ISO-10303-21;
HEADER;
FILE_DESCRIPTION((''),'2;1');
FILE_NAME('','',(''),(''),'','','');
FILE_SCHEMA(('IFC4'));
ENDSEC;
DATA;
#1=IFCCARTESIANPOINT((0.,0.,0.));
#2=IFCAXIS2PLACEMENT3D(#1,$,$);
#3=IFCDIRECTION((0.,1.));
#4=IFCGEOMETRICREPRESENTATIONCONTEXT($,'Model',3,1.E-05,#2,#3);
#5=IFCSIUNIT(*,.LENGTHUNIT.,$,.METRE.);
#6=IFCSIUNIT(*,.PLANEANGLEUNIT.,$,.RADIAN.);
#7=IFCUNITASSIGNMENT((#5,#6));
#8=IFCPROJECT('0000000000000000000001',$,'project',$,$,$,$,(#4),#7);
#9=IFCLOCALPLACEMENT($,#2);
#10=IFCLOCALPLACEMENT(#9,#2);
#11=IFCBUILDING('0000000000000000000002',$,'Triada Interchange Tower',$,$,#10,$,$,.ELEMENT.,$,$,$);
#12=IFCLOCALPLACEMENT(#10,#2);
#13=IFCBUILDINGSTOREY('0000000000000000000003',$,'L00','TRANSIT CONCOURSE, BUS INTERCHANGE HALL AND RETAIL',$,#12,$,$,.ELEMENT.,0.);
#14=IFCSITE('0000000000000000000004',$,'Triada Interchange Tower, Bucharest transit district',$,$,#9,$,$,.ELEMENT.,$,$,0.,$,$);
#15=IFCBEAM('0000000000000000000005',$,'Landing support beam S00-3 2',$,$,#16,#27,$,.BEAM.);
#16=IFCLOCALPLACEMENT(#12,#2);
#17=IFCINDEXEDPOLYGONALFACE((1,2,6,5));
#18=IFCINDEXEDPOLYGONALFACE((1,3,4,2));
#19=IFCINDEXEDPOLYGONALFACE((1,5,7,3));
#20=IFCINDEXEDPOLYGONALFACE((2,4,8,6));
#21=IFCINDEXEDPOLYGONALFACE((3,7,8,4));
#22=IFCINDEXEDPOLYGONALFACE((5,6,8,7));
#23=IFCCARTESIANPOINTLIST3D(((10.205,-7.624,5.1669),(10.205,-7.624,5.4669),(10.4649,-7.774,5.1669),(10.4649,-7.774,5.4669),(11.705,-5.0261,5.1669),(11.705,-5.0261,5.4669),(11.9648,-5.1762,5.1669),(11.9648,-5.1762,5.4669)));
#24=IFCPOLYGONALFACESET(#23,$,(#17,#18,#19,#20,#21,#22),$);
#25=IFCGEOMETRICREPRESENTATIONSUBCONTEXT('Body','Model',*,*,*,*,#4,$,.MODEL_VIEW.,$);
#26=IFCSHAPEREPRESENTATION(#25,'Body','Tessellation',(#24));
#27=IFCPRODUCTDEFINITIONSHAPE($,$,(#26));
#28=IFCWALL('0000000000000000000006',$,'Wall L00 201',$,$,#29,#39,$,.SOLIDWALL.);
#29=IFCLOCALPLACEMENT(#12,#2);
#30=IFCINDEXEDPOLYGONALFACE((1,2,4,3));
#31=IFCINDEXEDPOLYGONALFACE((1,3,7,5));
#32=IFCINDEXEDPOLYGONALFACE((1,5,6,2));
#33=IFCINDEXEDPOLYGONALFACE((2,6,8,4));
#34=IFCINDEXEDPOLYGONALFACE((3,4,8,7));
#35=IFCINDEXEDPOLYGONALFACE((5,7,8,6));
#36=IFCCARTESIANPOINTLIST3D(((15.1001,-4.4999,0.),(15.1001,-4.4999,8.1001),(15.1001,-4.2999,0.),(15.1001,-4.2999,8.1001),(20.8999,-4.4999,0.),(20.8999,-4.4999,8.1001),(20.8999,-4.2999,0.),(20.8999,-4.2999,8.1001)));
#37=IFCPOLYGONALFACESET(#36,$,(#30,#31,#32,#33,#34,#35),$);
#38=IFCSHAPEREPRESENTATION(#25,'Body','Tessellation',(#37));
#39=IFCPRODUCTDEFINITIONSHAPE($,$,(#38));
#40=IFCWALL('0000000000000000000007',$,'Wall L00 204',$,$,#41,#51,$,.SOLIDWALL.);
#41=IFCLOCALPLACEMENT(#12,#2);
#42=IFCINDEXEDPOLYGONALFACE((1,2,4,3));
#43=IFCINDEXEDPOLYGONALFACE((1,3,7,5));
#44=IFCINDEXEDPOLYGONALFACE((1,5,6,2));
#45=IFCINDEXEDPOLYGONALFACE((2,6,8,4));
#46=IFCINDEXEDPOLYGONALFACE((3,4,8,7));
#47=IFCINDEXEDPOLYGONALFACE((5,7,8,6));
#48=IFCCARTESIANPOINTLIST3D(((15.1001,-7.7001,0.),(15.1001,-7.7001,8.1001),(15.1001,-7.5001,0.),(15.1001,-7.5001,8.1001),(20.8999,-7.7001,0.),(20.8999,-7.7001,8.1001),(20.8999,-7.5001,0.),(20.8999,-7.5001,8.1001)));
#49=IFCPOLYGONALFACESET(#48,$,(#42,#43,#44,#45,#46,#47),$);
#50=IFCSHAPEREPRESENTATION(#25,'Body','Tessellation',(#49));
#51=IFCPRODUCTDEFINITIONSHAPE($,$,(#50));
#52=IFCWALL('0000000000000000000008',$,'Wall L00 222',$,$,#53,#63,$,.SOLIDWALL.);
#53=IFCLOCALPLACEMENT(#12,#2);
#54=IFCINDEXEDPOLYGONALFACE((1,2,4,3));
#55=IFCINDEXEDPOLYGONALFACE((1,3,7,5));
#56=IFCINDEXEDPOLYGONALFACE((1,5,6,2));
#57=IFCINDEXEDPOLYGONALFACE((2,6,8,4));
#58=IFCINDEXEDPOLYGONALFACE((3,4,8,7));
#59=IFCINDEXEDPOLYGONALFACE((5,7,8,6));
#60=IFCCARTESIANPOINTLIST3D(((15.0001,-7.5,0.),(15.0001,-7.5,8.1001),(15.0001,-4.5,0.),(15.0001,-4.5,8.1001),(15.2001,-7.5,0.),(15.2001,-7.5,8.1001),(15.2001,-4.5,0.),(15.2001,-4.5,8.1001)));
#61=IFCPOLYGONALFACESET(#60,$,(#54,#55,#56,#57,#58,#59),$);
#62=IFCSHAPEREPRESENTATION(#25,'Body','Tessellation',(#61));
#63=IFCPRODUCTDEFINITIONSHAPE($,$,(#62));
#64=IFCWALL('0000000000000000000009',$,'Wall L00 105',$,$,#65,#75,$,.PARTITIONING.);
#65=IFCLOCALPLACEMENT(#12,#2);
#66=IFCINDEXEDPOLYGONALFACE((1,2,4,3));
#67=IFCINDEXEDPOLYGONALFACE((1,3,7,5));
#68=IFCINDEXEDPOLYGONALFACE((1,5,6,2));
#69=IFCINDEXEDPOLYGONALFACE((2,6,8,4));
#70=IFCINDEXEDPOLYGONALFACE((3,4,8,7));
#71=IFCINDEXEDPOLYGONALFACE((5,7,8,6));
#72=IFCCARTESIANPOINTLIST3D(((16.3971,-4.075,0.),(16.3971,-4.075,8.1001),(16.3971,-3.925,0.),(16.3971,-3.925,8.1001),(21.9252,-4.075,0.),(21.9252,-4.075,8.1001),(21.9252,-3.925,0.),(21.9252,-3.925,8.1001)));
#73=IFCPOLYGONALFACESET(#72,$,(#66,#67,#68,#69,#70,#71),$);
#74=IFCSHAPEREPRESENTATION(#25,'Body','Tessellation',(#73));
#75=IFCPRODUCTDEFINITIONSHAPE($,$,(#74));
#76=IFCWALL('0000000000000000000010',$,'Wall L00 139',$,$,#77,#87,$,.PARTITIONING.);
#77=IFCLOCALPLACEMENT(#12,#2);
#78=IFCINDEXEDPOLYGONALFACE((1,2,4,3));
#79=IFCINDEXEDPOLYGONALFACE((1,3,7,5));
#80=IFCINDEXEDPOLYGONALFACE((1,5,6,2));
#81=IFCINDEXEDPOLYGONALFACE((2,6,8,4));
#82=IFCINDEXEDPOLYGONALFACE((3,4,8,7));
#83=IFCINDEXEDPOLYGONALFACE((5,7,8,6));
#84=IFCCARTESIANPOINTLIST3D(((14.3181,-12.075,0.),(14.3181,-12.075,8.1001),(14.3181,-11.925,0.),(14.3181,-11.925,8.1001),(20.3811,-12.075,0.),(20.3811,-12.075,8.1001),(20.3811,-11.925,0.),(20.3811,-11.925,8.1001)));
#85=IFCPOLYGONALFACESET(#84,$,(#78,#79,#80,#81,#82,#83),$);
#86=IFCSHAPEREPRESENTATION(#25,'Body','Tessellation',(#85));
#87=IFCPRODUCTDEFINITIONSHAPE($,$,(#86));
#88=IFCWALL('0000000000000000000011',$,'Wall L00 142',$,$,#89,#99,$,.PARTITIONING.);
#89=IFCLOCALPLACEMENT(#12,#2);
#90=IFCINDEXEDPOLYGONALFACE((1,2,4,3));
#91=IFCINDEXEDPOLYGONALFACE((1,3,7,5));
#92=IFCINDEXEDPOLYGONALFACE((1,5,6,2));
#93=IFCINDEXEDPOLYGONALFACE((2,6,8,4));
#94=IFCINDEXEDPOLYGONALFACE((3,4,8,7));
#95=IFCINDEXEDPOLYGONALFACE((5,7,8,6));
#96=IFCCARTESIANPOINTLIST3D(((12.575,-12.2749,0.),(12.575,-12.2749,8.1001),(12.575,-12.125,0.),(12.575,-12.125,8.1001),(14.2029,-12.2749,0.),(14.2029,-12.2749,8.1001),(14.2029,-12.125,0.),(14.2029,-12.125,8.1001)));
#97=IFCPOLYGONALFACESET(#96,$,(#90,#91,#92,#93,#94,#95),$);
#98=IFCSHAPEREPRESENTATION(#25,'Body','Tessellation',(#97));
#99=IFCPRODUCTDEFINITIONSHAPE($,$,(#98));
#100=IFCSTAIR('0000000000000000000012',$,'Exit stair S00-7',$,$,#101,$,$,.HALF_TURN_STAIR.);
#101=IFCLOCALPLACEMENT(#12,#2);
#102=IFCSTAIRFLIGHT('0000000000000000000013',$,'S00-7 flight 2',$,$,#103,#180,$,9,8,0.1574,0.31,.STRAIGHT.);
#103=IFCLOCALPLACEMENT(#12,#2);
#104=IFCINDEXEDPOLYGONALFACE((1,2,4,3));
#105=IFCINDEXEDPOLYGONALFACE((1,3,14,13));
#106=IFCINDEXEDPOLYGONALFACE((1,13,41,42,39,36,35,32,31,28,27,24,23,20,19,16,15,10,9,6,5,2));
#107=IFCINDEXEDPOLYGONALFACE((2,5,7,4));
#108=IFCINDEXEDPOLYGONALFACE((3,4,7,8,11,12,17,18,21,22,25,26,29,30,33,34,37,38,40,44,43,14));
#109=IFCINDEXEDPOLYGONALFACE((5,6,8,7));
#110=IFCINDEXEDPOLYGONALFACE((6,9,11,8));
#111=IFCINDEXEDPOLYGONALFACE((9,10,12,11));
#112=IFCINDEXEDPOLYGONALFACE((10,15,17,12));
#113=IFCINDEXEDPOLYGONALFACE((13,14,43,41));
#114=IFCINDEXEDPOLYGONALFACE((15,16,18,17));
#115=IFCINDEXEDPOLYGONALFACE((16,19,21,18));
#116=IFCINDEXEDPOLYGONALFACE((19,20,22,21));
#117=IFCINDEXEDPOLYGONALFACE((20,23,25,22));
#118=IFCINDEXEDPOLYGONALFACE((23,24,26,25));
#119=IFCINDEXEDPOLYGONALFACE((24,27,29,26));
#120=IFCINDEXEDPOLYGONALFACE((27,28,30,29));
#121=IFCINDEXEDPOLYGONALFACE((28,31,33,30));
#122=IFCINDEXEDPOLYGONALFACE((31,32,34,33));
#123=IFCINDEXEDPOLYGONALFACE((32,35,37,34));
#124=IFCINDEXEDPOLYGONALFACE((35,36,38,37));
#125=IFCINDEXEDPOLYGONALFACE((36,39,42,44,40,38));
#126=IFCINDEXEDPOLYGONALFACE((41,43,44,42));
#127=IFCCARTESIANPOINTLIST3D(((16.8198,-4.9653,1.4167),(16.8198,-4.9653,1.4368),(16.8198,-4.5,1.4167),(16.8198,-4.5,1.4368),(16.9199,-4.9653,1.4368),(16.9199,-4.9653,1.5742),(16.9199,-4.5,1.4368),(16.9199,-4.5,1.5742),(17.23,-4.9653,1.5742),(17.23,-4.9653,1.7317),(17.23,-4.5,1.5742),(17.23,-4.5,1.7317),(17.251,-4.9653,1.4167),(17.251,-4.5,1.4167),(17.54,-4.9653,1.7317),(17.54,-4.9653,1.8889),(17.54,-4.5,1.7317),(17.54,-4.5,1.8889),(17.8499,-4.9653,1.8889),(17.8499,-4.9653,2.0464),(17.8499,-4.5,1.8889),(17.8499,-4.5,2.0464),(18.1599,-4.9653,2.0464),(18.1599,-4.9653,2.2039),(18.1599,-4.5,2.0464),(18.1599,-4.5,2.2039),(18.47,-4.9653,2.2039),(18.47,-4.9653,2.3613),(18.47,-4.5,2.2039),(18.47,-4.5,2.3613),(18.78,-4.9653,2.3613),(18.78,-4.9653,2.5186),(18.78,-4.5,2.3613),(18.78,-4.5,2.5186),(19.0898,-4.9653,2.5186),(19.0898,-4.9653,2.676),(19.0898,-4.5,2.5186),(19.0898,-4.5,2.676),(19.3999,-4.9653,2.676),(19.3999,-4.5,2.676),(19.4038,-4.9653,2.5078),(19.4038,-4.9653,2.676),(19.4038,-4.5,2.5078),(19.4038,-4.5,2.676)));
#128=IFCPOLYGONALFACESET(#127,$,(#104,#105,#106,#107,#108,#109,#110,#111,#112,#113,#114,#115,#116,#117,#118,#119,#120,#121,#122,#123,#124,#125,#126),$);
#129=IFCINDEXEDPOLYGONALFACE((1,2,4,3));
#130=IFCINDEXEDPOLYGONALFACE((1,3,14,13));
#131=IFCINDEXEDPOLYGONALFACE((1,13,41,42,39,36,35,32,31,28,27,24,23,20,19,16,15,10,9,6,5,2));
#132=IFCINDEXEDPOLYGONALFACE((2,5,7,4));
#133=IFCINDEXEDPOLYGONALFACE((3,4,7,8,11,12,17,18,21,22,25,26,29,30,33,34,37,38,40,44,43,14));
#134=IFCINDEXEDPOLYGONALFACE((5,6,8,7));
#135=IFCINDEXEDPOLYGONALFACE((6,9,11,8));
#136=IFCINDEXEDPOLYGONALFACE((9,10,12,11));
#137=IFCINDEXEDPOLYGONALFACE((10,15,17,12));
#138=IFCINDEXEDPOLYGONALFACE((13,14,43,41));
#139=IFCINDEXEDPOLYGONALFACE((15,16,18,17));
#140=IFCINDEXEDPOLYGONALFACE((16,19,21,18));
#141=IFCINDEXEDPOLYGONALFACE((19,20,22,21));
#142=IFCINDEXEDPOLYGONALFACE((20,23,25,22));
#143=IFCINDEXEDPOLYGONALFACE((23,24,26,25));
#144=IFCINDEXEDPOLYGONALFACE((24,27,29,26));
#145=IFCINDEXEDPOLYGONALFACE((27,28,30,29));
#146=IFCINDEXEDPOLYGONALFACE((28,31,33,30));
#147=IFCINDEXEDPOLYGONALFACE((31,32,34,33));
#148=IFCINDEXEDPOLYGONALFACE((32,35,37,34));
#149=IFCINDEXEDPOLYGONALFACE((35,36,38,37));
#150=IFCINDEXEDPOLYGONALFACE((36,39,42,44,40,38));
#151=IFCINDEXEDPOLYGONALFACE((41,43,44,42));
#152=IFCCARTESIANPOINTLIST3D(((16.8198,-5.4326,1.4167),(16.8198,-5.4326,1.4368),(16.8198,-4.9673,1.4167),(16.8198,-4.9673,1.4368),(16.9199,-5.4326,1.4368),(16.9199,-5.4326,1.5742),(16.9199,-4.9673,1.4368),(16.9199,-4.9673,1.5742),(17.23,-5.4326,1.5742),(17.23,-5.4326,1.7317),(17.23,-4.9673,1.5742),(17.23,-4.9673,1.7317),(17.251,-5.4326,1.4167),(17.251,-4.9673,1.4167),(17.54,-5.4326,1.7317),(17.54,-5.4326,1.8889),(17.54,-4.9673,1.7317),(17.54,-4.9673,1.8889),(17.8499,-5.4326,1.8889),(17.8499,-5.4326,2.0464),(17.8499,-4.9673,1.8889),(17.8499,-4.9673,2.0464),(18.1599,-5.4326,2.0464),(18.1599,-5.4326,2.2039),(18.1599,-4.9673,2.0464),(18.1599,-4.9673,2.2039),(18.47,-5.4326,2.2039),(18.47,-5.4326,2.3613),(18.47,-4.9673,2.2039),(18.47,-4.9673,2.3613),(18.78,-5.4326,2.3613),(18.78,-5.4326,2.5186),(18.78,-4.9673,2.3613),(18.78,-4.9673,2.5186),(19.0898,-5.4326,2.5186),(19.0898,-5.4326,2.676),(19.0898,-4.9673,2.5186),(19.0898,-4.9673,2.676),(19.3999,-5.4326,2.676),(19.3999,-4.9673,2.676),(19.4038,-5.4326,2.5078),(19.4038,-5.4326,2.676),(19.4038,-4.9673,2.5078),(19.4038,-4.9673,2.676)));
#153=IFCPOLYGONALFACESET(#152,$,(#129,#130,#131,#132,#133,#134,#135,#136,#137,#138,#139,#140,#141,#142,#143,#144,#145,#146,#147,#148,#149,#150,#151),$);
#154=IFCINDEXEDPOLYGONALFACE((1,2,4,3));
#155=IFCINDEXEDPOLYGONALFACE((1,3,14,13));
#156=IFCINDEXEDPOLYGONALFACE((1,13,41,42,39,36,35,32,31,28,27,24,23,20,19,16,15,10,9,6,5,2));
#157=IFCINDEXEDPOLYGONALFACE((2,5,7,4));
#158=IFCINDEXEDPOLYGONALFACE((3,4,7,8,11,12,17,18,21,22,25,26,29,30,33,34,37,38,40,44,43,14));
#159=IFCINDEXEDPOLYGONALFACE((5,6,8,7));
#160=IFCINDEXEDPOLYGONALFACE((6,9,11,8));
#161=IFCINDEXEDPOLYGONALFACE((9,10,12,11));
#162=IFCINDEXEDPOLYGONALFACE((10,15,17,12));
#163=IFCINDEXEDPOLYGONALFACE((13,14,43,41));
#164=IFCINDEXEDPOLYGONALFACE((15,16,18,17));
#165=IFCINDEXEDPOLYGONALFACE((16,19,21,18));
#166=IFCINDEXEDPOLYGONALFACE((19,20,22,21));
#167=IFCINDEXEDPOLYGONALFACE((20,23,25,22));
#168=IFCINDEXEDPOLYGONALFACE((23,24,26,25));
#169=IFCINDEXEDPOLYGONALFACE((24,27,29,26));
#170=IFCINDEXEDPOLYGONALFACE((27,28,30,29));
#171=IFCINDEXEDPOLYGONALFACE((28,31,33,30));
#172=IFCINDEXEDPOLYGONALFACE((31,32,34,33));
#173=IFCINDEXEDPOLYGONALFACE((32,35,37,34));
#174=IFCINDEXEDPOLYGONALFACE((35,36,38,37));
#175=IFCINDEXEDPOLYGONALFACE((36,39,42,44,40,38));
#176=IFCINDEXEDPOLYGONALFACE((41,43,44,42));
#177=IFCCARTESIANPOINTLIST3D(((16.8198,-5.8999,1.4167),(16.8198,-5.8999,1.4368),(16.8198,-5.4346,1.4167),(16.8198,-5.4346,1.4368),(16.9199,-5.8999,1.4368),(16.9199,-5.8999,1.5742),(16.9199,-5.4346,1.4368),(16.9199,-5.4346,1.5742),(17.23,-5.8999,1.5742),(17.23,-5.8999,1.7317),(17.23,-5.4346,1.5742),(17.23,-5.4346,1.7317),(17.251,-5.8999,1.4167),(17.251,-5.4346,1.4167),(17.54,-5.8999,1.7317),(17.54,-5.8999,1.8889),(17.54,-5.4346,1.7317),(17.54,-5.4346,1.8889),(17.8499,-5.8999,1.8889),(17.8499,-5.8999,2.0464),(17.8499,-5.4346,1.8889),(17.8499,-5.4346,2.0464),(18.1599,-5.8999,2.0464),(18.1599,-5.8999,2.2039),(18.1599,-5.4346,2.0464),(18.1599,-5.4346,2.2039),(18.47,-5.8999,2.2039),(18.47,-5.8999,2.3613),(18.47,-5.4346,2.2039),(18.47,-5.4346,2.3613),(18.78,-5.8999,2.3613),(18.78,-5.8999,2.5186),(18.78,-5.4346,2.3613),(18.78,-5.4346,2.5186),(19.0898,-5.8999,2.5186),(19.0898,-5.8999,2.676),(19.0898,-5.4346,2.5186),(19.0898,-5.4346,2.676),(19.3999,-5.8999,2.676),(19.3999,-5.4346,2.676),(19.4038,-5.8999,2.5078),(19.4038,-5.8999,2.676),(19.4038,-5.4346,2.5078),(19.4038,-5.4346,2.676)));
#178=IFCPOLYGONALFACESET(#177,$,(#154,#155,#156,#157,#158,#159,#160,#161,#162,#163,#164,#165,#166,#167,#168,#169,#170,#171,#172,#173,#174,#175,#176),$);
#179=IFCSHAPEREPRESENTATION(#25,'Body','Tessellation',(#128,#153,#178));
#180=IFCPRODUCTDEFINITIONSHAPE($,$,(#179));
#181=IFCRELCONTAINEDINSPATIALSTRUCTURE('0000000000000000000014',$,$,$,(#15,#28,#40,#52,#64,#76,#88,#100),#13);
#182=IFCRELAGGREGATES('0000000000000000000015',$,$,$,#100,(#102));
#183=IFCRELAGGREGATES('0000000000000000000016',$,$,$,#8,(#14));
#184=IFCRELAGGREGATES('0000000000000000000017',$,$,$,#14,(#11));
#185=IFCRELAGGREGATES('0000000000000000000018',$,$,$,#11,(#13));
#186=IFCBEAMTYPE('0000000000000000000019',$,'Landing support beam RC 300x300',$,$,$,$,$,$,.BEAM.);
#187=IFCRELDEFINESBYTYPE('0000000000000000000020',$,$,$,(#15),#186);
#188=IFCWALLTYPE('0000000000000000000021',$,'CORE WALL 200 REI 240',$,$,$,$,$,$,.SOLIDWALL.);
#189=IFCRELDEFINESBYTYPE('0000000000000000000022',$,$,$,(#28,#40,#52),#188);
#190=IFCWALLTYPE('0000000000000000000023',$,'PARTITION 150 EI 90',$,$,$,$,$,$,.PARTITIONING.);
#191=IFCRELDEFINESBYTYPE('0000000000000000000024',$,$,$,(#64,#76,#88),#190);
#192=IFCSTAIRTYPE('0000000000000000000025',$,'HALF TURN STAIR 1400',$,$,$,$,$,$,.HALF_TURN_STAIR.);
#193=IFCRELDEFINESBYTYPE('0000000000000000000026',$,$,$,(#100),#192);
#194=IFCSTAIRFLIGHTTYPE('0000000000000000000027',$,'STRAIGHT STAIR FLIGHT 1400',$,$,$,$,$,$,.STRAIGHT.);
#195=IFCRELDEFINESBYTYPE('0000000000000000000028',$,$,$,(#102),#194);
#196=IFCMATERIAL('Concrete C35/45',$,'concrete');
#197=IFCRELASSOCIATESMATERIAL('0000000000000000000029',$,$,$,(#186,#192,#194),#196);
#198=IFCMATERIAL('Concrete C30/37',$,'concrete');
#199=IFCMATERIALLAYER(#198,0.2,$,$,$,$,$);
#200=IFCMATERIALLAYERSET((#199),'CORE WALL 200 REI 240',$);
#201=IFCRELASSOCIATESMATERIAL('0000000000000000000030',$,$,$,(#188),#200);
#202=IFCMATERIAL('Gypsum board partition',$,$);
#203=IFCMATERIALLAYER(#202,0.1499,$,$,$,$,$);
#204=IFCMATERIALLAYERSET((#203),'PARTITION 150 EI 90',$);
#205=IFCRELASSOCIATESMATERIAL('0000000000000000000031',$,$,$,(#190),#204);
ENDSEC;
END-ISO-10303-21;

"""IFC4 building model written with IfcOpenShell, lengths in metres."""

from ifc_helpers import new_model, si_unit, direction, frame, frame_2d, origin, origin_2d, place, context, subcontext, project, spatial, polyline, rectangle, outline, extrude, material, layer, layer_set, material_profile, profile_set, type_object, element, aggregate, save


model = new_model("IFC4")

# Units and contexts
model_context = context("Model", 3, precision=1e-05, world=origin(), true_north=direction((0.0, 1.0)))
body_context = subcontext(model_context, "Body", "Model", "MODEL_VIEW")
ifc_project = project(units=[si_unit("LENGTHUNIT", "METRE"), si_unit("PLANEANGLEUNIT", "RADIAN")], contexts=[model_context])

# Site, building, storey
site_placement = place(None, origin())
site = spatial("IfcSite", under=ifc_project, at=site_placement, Name="Triada Interchange Tower, Bucharest transit district", CompositionType="ELEMENT", RefElevation=0.0)
building_placement = place(site_placement, origin())
building = spatial("IfcBuilding", under=site, at=building_placement, Name="Triada Interchange Tower", CompositionType="ELEMENT")
storey_placement = place(building_placement, origin())
storey = spatial("IfcBuildingStorey", under=building, at=storey_placement, Name="L00", Description="TRANSIT CONCOURSE, BUS INTERCHANGE HALL AND RETAIL", CompositionType="ELEMENT", Elevation=0.0)

# Beam
ifc_material_1 = material(Name="Concrete C35/45", Category="concrete")
ifc_material_profile_1 = material_profile(ifc_material_1, rectangle(XDim=0.3, YDim=0.3, at=origin_2d()), Name="RC 300x300")
ifc_profile_set_1 = profile_set([ifc_material_profile_1], Name="Concrete C35/45")
beam_type_1 = type_object("IfcBeamType", Name="Landing support beam RC 300x300", PredefinedType="BEAM", material=ifc_profile_set_1)
beam_1_placement = place(storey_placement, frame((10.335, -7.699, 5.3169), z_axis=(0.500025, 0.866011, 0.0), x_axis=(-0.866011, 0.500025, 0.0)))
element("IfcBeam", 1, at=beam_1_placement, inside=storey, type_object=beam_type_1, Name="Landing support beam S00-3 2", PredefinedType="BEAM", context=body_context, shape_type="SweptSolid", body=[
    extrude(rectangle(XDim=0.3, YDim=0.3, at=origin_2d()), origin(), (0.0, 0.0, 1.0), 2.9998),
])

# Walls
ifc_material_2 = material(Name="Concrete C30/37", Category="concrete")
ifc_layer_1 = layer(ifc_material_2, 0.2)
ifc_layer_set_1 = layer_set([ifc_layer_1], Name="CORE WALL 200 REI 240")
wall_type_1 = type_object("IfcWallType", Name="CORE WALL 200 REI 240", PredefinedType="SOLIDWALL", material=ifc_layer_set_1)
for number, where, z_axis, x_axis, name in (
    (2, (15.1001, -4.3999, 0.0), (0.0, 0.0, 1.0), (1.0, 0.0, 0.0), "Wall L00 201"),
    (3, (15.1001, -7.6001, 0.0), (0.0, 0.0, 1.0), (1.0, 0.0, 0.0), "Wall L00 204"),
):
    element("IfcWall", number, at=place(storey_placement, frame(where, z_axis=z_axis, x_axis=x_axis)), inside=storey, type_object=wall_type_1, Name=name, PredefinedType="SOLIDWALL", context=body_context, shape_type="SweptSolid", body=[
        extrude(rectangle(XDim=5.7998, YDim=0.2, at=frame_2d((2.8999, 0.0))), origin(), (0.0, 0.0, 1.0), 8.1001),
    ])
wall_1_placement = place(storey_placement, frame((15.1001, -7.5, 0.0), z_axis=(0.0, 0.0, 1.0), x_axis=(0.0, 1.0, 0.0)))
element("IfcWall", 4, at=wall_1_placement, inside=storey, type_object=wall_type_1, Name="Wall L00 222", PredefinedType="SOLIDWALL", context=body_context, shape_type="SweptSolid", body=[
    extrude(rectangle(XDim=3.0, YDim=0.2, at=frame_2d((1.5, 0.0))), origin(), (0.0, 0.0, 1.0), 8.1001),
])

# Walls
ifc_material_3 = material(Name="Gypsum board partition")
ifc_layer_2 = layer(ifc_material_3, 0.1499)
ifc_layer_set_2 = layer_set([ifc_layer_2], Name="PARTITION 150 EI 90")
wall_type_2 = type_object("IfcWallType", Name="PARTITION 150 EI 90", PredefinedType="PARTITIONING", material=ifc_layer_set_2)
wall_2_placement = place(storey_placement, frame((16.397, -4.0, 0.0), z_axis=(0.0, 0.0, 1.0), x_axis=(1.0, 0.0, 0.0)))
element("IfcWall", 5, at=wall_2_placement, inside=storey, type_object=wall_type_2, Name="Wall L00 105", PredefinedType="PARTITIONING", context=body_context, shape_type="SweptSolid", body=[
    extrude(rectangle(XDim=5.5281, YDim=0.1499, at=frame_2d((2.7642, 0.0))), origin(), (0.0, 0.0, 1.0), 8.1001),
])
wall_3_placement = place(storey_placement, frame((14.3181, -12.0, 0.0), z_axis=(0.0, 0.0, 1.0), x_axis=(1.0, 0.0, 0.0)))
element("IfcWall", 6, at=wall_3_placement, inside=storey, type_object=wall_type_2, Name="Wall L00 139", PredefinedType="PARTITIONING", context=body_context, shape_type="SweptSolid", body=[
    extrude(rectangle(XDim=6.063, YDim=0.1499, at=frame_2d((3.0315, 0.0))), origin(), (0.0, 0.0, 1.0), 8.1001),
])
wall_4_placement = place(storey_placement, frame((12.575, -12.2, 0.0), z_axis=(0.0, 0.0, 1.0), x_axis=(1.0, 0.0, 0.0)))
element("IfcWall", 7, at=wall_4_placement, inside=storey, type_object=wall_type_2, Name="Wall L00 142", PredefinedType="PARTITIONING", context=body_context, shape_type="SweptSolid", body=[
    extrude(rectangle(XDim=1.6279, YDim=0.1499, at=frame_2d((0.814, 0.0))), origin(), (0.0, 0.0, 1.0), 8.1001),
])

# Stair, stair flight
stair_type = type_object("IfcStairType", Name="HALF TURN STAIR 1400", PredefinedType="HALF_TURN_STAIR", material=ifc_material_1)
stair_1_placement = place(storey_placement, origin())
stair_1 = element("IfcStair", 8, at=stair_1_placement, inside=storey, type_object=stair_type, Name="Exit stair S00-7", PredefinedType="HALF_TURN_STAIR")
stair_flight_type = type_object("IfcStairFlightType", Name="STRAIGHT STAIR FLIGHT 1400", PredefinedType="STRAIGHT", material=ifc_material_1)
stair_flight_1_placement = place(storey_placement, frame((16.9199, -5.2, 1.4167), z_axis=(0.0, 0.0, 1.0), x_axis=(1.0, 0.0, 0.0)))
stair_flight_1 = element("IfcStairFlight", 9, at=stair_flight_1_placement, type_object=stair_flight_type, Name="S00-7 flight 2", NumberOfRisers=9, NumberOfTreads=8, PredefinedType="STRAIGHT", RiserHeight=0.1574, TreadLength=0.31, context=body_context, shape_type="SweptSolid", body=[
    extrude(outline(polyline([(-0.1001, 0.0), (-0.1001, 0.02), (0.0, 0.02), (0.0, 0.1575), (0.3101, 0.1575), (0.3101, 0.3149), (0.6201, 0.3149), (0.6201, 0.4722), (0.9299, 0.4722), (0.9299, 0.6296), (1.24, 0.6296), (1.24, 0.7871), (1.55, 0.7871), (1.55, 0.9446), (1.8601, 0.9446), (1.8601, 1.1018), (2.1699, 1.1018), (2.1699, 1.2593), (2.48, 1.2593), (2.4839, 1.2593), (2.4839, 1.4167), (2.4839, 1.0911), (0.3311, 0.0), (-0.1001, 0.0)])), frame((0.0, 0.7, 0.0), z_axis=(0.0, -1.0, 0.0), x_axis=(1.0, 0.0, 0.0)), (0.0, 0.0, 1.0), 0.4653),
    extrude(outline(polyline([(-0.1001, 0.0), (-0.1001, 0.02), (0.0, 0.02), (0.0, 0.1575), (0.3101, 0.1575), (0.3101, 0.3149), (0.6201, 0.3149), (0.6201, 0.4722), (0.9299, 0.4722), (0.9299, 0.6296), (1.24, 0.6296), (1.24, 0.7871), (1.55, 0.7871), (1.55, 0.9446), (1.8601, 0.9446), (1.8601, 1.1018), (2.1699, 1.1018), (2.1699, 1.2593), (2.48, 1.2593), (2.4839, 1.2593), (2.4839, 1.4167), (2.4839, 1.0911), (0.3311, 0.0), (-0.1001, 0.0)])), frame((0.0, 0.2327, 0.0), z_axis=(0.0, -1.0, 0.0), x_axis=(1.0, 0.0, 0.0)), (0.0, 0.0, 1.0), 0.4653),
    extrude(outline(polyline([(-0.1001, 0.0), (-0.1001, 0.02), (0.0, 0.02), (0.0, 0.1575), (0.3101, 0.1575), (0.3101, 0.3149), (0.6201, 0.3149), (0.6201, 0.4722), (0.9299, 0.4722), (0.9299, 0.6296), (1.24, 0.6296), (1.24, 0.7871), (1.55, 0.7871), (1.55, 0.9446), (1.8601, 0.9446), (1.8601, 1.1018), (2.1699, 1.1018), (2.1699, 1.2593), (2.48, 1.2593), (2.4839, 1.2593), (2.4839, 1.4167), (2.4839, 1.0911), (0.3311, 0.0), (-0.1001, 0.0)])), frame((0.0, -0.2346, 0.0), z_axis=(0.0, -1.0, 0.0), x_axis=(1.0, 0.0, 0.0)), (0.0, 0.0, 1.0), 0.4653),
])

aggregate(stair_1, [stair_flight_1])

save(model, "model.ifc")
